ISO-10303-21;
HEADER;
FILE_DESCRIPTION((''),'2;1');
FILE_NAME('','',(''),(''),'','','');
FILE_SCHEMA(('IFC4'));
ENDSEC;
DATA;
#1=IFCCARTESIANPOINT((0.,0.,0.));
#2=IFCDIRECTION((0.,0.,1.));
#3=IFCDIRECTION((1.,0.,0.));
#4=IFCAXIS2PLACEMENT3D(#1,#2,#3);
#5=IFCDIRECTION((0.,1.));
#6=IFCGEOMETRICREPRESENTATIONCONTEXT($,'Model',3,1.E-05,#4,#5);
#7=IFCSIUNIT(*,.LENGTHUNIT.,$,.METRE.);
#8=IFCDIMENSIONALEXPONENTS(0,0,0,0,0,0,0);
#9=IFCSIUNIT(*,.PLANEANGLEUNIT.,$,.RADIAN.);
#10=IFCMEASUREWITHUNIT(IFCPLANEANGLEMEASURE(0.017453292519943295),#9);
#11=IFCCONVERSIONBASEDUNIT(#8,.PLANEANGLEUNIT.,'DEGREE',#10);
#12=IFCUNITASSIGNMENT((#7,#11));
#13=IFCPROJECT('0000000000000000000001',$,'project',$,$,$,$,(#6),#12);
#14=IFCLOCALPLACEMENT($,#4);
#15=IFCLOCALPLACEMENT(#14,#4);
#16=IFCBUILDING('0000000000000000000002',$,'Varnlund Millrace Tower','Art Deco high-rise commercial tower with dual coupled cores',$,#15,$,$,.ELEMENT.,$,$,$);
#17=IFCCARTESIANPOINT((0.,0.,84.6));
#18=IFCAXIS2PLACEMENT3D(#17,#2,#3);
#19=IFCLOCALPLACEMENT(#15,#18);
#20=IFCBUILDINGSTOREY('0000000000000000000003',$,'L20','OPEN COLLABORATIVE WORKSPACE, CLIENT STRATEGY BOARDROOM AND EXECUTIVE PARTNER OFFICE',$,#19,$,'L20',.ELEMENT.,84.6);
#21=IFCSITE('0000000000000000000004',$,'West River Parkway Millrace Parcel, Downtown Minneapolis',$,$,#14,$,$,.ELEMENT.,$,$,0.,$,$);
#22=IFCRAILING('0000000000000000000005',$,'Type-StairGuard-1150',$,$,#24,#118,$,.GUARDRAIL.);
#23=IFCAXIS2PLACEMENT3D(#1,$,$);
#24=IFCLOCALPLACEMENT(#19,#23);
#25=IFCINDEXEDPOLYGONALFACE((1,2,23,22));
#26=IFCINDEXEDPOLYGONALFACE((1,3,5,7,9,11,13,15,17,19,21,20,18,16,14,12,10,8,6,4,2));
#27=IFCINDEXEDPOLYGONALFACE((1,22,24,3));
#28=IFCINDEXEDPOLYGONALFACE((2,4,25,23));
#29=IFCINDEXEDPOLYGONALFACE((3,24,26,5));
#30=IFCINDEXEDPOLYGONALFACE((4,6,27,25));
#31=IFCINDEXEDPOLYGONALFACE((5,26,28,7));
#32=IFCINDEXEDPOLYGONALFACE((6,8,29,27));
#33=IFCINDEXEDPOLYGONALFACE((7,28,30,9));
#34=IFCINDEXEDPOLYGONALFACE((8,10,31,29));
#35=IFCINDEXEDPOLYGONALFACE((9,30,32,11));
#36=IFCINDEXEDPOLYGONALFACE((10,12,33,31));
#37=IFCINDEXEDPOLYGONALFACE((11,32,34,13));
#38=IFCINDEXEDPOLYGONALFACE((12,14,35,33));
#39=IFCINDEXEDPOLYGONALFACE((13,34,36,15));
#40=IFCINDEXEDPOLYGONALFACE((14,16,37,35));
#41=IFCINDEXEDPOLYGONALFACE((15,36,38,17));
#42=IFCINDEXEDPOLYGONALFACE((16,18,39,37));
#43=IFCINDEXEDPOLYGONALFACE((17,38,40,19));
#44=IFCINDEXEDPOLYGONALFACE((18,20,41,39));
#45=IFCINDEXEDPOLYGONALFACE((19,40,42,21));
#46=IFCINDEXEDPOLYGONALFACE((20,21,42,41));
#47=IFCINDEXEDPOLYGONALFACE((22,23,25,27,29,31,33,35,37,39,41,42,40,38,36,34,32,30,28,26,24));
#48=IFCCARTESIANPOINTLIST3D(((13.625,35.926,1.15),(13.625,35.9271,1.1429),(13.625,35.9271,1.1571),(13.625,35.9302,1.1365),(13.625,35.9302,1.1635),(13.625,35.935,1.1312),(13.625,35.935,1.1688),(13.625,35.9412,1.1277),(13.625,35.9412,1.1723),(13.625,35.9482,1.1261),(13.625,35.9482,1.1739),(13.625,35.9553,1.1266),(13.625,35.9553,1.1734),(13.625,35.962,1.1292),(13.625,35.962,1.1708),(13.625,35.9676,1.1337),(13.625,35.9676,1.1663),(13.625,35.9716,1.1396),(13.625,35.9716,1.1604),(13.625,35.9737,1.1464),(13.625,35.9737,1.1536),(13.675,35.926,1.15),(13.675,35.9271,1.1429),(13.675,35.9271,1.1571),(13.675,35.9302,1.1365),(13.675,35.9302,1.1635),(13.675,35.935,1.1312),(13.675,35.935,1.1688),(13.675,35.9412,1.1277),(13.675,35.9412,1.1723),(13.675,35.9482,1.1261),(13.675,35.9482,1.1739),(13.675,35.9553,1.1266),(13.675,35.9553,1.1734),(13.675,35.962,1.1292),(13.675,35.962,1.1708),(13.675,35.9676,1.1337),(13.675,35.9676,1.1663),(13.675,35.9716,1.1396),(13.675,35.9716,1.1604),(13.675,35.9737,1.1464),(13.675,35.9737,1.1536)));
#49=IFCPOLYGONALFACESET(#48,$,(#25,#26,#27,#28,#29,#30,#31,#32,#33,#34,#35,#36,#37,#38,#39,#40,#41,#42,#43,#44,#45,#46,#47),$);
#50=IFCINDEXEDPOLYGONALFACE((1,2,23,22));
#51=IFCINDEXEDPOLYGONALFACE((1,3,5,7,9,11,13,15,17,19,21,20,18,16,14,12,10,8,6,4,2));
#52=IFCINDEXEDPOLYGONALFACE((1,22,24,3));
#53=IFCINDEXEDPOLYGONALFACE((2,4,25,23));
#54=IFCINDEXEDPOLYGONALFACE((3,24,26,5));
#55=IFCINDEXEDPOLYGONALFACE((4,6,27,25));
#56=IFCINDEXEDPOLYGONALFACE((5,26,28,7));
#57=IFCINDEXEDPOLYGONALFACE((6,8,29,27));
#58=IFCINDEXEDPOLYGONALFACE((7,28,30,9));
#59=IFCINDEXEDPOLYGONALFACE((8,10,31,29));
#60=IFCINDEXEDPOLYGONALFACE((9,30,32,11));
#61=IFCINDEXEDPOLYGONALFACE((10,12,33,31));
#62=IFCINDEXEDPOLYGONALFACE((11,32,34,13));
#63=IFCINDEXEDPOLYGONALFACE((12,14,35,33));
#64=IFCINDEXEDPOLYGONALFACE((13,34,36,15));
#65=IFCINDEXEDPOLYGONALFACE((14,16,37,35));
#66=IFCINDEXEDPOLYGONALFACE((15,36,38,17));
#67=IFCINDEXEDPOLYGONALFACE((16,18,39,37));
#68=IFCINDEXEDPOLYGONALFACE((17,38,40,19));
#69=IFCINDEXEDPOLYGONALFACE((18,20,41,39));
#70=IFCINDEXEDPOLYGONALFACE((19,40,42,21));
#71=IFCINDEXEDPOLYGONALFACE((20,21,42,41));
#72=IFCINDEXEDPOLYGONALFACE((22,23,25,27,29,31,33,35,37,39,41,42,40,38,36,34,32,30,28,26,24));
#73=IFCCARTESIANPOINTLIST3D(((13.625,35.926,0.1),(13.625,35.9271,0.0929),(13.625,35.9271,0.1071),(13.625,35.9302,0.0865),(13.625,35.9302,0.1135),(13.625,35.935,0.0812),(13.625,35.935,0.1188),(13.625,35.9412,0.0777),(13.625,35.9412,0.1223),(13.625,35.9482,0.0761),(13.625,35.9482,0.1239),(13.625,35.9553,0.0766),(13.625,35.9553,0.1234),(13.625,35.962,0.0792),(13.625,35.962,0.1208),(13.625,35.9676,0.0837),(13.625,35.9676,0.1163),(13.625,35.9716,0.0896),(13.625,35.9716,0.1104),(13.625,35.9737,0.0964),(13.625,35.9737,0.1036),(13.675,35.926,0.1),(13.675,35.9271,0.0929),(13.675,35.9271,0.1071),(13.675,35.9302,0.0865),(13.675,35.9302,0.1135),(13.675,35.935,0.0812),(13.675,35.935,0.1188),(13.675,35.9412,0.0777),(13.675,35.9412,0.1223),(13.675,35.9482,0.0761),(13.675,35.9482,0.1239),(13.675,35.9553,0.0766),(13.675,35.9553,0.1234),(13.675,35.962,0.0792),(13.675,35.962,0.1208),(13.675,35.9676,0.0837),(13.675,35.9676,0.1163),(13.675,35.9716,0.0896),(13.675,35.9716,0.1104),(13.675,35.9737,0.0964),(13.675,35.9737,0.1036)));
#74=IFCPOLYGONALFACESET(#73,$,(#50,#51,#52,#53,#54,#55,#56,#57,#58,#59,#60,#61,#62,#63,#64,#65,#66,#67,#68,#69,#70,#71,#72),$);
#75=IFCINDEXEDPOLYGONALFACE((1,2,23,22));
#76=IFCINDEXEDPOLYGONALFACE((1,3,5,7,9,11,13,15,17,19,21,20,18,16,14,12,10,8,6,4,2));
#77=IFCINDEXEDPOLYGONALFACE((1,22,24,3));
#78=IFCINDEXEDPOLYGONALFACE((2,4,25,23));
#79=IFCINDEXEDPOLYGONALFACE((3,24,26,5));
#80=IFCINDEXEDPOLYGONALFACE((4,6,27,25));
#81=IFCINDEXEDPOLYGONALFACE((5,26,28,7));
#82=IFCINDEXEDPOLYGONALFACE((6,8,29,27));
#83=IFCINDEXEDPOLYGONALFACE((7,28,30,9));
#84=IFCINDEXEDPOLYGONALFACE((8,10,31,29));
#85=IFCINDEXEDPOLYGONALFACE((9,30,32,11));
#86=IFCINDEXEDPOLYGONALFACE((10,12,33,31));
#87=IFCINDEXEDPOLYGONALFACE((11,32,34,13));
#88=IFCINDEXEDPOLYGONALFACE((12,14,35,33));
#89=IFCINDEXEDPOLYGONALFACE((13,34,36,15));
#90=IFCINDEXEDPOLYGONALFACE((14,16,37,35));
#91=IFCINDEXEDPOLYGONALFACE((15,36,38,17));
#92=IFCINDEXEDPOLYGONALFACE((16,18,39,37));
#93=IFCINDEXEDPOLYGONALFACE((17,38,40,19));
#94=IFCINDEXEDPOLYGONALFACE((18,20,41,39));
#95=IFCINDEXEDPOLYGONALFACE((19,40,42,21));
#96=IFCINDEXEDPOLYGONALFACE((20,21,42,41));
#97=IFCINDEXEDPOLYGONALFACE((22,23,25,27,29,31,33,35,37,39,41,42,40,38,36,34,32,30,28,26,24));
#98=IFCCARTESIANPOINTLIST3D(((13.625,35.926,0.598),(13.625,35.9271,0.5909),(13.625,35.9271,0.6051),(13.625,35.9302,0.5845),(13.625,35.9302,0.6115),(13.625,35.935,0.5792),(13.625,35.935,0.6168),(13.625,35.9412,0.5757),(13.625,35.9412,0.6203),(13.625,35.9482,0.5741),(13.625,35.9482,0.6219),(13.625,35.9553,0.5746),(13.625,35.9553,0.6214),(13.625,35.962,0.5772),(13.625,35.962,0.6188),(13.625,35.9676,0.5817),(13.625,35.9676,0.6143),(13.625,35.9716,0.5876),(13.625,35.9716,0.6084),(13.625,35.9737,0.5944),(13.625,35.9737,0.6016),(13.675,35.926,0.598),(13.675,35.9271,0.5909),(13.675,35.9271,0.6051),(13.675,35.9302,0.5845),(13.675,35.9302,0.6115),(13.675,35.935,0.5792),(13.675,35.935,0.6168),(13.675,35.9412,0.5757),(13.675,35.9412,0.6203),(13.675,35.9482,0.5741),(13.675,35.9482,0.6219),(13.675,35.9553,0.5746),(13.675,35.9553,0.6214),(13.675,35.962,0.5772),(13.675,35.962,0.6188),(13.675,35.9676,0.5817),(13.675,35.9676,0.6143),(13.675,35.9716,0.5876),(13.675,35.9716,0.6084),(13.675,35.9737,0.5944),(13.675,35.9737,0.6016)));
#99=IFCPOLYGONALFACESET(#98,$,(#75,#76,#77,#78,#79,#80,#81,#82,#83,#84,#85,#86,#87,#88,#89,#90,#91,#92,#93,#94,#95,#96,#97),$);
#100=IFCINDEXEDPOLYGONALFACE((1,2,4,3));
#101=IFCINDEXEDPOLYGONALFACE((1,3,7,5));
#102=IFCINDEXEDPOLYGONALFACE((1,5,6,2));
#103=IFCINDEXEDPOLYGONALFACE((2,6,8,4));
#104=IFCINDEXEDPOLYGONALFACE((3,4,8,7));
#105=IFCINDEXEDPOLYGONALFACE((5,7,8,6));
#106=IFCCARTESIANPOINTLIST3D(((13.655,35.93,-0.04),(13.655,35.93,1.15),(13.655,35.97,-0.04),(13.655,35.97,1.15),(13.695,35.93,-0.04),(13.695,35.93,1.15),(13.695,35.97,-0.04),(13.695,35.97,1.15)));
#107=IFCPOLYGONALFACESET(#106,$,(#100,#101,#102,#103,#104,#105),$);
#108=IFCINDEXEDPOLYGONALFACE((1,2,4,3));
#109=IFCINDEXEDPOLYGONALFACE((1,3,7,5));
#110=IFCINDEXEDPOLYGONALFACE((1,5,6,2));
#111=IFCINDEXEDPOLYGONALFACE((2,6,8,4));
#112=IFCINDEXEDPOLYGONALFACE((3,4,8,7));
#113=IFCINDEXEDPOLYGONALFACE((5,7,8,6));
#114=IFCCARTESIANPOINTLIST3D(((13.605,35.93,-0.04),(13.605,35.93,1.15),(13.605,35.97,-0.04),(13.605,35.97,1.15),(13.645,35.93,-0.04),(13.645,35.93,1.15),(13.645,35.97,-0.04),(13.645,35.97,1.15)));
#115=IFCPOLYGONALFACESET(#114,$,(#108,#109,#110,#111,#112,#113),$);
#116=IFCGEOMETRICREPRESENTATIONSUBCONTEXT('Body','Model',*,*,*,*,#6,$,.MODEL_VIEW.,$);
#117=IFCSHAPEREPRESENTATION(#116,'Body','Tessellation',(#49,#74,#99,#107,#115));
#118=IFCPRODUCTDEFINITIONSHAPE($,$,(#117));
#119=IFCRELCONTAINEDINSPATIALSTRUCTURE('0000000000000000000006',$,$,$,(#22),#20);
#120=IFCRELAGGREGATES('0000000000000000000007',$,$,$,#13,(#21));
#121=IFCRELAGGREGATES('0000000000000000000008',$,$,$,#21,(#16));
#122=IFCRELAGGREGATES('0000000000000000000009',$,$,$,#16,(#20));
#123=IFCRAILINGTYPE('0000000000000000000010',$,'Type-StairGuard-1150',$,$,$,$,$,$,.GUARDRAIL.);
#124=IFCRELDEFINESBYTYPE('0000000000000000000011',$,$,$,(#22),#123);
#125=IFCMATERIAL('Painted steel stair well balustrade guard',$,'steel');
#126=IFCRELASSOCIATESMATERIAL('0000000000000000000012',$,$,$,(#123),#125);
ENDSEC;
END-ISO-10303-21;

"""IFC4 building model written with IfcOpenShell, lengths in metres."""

from ifc_helpers import new_model, entity, si_unit, converted_unit, direction, frame, origin_with_axes, origin_2d_with_axis, place, context, subcontext, project, spatial, rectangle, circle, extrude, material, type_object, element, save


model = new_model("IFC4")

# Units and contexts
model_context = context("Model", 3, precision=1e-05, world=origin_with_axes(), true_north=direction((0.0, 1.0)))
body_context = subcontext(model_context, "Body", "Model", "MODEL_VIEW")
ifc_project = project(units=[si_unit("LENGTHUNIT", "METRE"), converted_unit("PLANEANGLEUNIT", "DEGREE", entity("IfcPlaneAngleMeasure", 0.017453292519943295), si_unit("PLANEANGLEUNIT", "RADIAN"), dimensions=[0, 0, 0, 0, 0, 0, 0])], contexts=[model_context])

# Site, building, storey
site_placement = place(None, origin_with_axes())
site = spatial("IfcSite", under=ifc_project, at=site_placement, Name="West River Parkway Millrace Parcel, Downtown Minneapolis", CompositionType="ELEMENT", RefElevation=0.0)
building_placement = place(site_placement, origin_with_axes())
building = spatial("IfcBuilding", under=site, at=building_placement, Name="Varnlund Millrace Tower", Description="Art Deco high-rise commercial tower with dual coupled cores", CompositionType="ELEMENT")
storey_placement = place(building_placement, frame((0.0, 0.0, 84.6), z_axis=(0.0, 0.0, 1.0), x_axis=(1.0, 0.0, 0.0)))
storey = spatial("IfcBuildingStorey", under=building, at=storey_placement, Name="L20", Description="OPEN COLLABORATIVE WORKSPACE, CLIENT STRATEGY BOARDROOM AND EXECUTIVE PARTNER OFFICE", LongName="L20", CompositionType="ELEMENT", Elevation=84.6)

# Railing
ifc_material_1 = material(Name="Painted steel stair well balustrade guard", Category="steel")
railing_type_1 = type_object("IfcRailingType", Name="Type-StairGuard-1150", PredefinedType="GUARDRAIL", material=ifc_material_1)
railing_1_placement = place(storey_placement, frame((0.0, 0.0, -84.6), z_axis=(0.0, 0.0, 1.0), x_axis=(1.0, 0.0, 0.0)))
element("IfcRailing", 1, at=railing_1_placement, inside=storey, type_object=railing_type_1, Name="Type-StairGuard-1150", PredefinedType="GUARDRAIL", context=body_context, shape_type="SweptSolid", body=[
    extrude(circle(Radius=0.024, at=origin_2d_with_axis()), frame((13.675, 35.95, 85.75), z_axis=(-1.0, 0.0, 0.0), x_axis=(0.0, -1.0, 0.0)), (0.0, 0.0, 1.0), 0.05),
    extrude(circle(Radius=0.024, at=origin_2d_with_axis()), frame((13.675, 35.95, 84.7), z_axis=(-1.0, 0.0, 0.0), x_axis=(0.0, -1.0, 0.0)), (0.0, 0.0, 1.0), 0.05),
    extrude(circle(Radius=0.024, at=origin_2d_with_axis()), frame((13.675, 35.95, 85.198), z_axis=(-1.0, 0.0, 0.0), x_axis=(0.0, -1.0, 0.0)), (0.0, 0.0, 1.0), 0.05),
    extrude(rectangle(XDim=0.04, YDim=0.04, at=origin_2d_with_axis()), frame((13.675, 35.95, 84.56), z_axis=(0.0, 0.0, 1.0), x_axis=(1.0, 0.0, 0.0)), (0.0, 0.0, 1.0), 1.19),
    extrude(rectangle(XDim=0.04, YDim=0.04, at=origin_2d_with_axis()), frame((13.625, 35.95, 84.56), z_axis=(0.0, 0.0, 1.0), x_axis=(1.0, 0.0, 0.0)), (0.0, 0.0, 1.0), 1.19),
])

save(model, "model.ifc")
